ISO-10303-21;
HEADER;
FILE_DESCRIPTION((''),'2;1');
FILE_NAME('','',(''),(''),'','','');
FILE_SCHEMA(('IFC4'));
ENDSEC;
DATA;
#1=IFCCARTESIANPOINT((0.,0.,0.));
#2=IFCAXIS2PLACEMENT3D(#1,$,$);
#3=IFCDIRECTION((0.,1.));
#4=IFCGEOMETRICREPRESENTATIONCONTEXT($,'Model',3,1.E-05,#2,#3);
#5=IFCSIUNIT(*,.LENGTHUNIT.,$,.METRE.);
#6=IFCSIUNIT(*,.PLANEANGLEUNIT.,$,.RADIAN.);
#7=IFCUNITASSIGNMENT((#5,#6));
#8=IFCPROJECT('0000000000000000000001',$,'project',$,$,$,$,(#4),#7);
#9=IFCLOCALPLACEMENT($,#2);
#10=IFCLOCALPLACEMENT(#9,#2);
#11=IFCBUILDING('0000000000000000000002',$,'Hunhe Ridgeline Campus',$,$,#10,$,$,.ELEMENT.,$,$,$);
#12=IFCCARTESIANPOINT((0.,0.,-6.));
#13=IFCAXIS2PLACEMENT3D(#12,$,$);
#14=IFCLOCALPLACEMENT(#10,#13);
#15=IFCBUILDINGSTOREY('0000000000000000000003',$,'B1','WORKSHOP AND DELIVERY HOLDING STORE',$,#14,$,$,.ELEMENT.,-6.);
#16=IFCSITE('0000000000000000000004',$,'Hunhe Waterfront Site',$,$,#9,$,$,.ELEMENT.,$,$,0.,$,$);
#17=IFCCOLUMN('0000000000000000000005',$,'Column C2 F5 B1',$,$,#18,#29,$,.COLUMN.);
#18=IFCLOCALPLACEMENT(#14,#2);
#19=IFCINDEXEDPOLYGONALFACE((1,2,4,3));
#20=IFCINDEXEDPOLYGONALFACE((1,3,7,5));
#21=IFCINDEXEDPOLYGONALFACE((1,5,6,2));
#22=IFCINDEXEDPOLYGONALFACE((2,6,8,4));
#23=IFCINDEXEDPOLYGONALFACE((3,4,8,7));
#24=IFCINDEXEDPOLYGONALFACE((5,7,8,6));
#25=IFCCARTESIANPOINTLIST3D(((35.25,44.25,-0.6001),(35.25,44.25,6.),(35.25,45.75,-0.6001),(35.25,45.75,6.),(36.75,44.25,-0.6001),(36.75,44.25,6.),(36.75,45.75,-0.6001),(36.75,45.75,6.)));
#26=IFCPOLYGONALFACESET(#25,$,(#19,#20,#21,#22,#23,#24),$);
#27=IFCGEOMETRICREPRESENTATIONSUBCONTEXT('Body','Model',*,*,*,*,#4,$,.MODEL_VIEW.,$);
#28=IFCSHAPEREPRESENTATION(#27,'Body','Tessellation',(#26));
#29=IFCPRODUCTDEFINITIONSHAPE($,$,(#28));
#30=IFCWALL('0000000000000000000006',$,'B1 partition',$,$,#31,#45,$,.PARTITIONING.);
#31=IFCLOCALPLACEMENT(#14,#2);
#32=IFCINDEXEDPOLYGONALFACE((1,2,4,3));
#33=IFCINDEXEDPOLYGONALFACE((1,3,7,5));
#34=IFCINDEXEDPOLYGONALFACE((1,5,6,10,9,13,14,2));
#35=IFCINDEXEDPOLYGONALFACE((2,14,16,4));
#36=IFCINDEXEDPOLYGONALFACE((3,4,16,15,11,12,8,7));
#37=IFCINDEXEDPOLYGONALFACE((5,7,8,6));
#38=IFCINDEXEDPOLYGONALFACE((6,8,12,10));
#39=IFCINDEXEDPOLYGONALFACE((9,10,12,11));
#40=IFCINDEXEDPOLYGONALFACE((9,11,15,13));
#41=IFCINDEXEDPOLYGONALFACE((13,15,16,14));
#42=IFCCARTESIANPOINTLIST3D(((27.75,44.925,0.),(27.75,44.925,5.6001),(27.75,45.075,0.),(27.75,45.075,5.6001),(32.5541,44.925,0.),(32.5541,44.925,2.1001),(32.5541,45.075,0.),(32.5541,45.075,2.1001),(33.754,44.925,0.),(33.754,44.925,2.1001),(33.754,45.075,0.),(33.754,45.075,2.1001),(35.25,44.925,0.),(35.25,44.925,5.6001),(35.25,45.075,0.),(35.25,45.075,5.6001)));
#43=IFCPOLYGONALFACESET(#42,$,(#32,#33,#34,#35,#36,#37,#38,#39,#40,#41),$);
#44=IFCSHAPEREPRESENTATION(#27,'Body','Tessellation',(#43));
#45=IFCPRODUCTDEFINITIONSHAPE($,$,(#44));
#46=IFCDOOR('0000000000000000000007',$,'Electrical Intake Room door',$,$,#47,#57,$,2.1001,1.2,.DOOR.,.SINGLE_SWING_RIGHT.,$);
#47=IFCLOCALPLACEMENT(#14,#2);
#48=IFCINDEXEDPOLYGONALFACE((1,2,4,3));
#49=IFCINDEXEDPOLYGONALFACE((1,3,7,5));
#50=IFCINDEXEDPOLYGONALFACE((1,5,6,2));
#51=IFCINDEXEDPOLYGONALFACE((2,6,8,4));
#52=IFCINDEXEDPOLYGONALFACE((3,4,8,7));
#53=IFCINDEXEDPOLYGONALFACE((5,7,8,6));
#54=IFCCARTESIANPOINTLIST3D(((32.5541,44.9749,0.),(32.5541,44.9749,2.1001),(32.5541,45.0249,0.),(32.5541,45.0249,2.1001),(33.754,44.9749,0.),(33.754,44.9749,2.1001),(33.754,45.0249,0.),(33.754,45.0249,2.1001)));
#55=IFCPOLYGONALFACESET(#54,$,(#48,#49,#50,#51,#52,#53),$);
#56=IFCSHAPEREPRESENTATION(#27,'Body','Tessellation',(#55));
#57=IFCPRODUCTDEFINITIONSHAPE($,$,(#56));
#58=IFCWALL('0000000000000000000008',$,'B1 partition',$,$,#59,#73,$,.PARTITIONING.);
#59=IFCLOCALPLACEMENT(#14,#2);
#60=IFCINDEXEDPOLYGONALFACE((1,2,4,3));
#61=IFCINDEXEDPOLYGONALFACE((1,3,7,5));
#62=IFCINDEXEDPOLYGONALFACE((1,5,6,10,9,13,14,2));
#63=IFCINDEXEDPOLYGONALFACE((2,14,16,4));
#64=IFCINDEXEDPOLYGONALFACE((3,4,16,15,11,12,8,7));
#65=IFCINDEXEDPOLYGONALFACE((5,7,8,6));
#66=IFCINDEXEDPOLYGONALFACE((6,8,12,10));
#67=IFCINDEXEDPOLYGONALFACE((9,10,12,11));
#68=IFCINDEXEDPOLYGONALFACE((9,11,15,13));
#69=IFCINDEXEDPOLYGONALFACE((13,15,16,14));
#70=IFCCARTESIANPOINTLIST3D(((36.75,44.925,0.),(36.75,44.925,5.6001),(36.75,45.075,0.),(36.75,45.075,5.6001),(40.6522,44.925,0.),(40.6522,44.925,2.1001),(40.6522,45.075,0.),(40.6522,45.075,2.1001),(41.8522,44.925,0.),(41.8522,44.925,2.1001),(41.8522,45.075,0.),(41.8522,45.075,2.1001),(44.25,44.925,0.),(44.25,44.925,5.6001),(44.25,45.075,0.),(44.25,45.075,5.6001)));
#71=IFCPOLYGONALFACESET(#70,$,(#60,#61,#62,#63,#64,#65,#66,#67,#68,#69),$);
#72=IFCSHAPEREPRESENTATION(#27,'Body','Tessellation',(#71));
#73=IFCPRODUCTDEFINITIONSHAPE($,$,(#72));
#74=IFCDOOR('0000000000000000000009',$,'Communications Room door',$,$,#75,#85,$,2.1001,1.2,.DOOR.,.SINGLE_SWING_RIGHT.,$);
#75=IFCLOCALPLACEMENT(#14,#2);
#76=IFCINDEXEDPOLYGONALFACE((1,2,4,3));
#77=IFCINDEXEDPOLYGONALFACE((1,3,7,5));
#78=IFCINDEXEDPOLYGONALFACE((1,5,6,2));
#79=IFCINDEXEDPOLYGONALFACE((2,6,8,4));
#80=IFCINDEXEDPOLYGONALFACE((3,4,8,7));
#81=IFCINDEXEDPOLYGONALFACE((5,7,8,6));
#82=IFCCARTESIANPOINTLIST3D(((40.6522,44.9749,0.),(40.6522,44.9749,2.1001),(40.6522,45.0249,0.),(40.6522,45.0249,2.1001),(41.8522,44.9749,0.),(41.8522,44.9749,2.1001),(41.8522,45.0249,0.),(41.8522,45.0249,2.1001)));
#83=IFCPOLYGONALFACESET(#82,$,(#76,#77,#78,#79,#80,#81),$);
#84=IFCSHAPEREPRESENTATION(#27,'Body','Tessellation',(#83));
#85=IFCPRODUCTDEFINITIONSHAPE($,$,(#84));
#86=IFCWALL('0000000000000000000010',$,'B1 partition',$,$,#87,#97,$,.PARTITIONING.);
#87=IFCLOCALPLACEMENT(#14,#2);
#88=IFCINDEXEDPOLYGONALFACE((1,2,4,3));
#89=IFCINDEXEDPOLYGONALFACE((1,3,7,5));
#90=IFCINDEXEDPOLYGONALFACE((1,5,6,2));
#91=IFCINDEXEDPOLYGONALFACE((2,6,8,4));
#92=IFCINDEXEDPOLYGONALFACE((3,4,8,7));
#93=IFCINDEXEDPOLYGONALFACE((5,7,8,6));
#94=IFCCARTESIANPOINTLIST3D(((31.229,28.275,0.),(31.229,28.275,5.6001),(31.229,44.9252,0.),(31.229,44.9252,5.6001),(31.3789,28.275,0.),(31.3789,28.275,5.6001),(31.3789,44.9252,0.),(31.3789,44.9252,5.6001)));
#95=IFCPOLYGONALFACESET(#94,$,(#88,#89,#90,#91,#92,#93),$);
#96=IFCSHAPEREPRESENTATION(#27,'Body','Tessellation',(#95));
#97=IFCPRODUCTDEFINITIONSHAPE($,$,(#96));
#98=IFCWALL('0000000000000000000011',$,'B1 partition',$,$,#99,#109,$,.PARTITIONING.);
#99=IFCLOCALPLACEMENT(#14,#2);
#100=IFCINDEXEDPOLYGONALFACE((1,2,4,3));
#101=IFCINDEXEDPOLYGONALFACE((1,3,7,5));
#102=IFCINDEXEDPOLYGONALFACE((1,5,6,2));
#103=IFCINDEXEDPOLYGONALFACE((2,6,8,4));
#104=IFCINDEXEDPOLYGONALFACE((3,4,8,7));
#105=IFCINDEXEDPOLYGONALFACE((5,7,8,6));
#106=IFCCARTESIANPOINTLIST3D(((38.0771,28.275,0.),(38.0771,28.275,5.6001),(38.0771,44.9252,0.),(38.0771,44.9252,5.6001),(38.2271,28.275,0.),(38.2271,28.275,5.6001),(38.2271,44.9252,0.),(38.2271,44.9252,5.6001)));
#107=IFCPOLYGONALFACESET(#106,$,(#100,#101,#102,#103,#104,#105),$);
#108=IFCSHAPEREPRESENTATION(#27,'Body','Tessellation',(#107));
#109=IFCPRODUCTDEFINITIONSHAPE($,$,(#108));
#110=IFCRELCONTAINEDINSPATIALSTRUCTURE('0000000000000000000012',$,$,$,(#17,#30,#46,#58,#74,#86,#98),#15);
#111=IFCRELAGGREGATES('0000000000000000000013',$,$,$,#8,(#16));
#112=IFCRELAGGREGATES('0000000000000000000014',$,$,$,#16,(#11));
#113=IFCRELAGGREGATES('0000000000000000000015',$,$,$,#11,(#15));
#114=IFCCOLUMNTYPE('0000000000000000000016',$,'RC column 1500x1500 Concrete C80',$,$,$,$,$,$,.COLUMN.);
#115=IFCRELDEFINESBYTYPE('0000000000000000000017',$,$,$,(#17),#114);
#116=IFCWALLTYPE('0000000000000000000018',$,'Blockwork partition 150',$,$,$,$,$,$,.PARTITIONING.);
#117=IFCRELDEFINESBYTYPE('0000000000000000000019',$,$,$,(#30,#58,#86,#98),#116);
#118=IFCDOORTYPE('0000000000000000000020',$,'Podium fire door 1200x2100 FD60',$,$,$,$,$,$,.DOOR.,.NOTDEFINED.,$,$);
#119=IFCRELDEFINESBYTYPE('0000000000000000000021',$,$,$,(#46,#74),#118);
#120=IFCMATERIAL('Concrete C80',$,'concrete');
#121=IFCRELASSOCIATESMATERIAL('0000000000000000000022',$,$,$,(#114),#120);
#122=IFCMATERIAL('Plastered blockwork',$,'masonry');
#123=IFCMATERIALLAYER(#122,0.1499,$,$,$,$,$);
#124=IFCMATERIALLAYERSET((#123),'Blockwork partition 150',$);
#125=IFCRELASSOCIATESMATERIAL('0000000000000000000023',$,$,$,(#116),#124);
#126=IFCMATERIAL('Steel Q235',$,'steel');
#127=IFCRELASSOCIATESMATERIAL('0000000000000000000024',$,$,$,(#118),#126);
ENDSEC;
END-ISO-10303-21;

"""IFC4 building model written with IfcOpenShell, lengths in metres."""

from ifc_helpers import new_model, si_unit, direction, frame, frame_2d, origin, origin_2d, place, context, subcontext, project, spatial, rectangle, extrude, material, layer, layer_set, material_profile, profile_set, type_object, element, fill, save


model = new_model("IFC4")

# Units and contexts
model_context = context("Model", 3, precision=1e-05, world=origin(), true_north=direction((0.0, 1.0)))
body_context = subcontext(model_context, "Body", "Model", "MODEL_VIEW")
ifc_project = project(units=[si_unit("LENGTHUNIT", "METRE"), si_unit("PLANEANGLEUNIT", "RADIAN")], contexts=[model_context])

# Site, building, storey
site_placement = place(None, origin())
site = spatial("IfcSite", under=ifc_project, at=site_placement, Name="Hunhe Waterfront Site", CompositionType="ELEMENT", RefElevation=0.0)
building_placement = place(site_placement, origin())
building = spatial("IfcBuilding", under=site, at=building_placement, Name="Hunhe Ridgeline Campus", CompositionType="ELEMENT")
storey_placement = place(building_placement, frame((0.0, 0.0, -6.0)))
storey = spatial("IfcBuildingStorey", under=building, at=storey_placement, Name="B1", Description="WORKSHOP AND DELIVERY HOLDING STORE", CompositionType="ELEMENT", Elevation=-6.0)

# Column
ifc_material_1 = material(Name="Concrete C80", Category="concrete")
ifc_material_profile_1 = material_profile(ifc_material_1, rectangle(XDim=1.5, YDim=1.5, at=origin_2d()))
ifc_profile_set_1 = profile_set([ifc_material_profile_1], Name="Concrete C80")
column_type = type_object("IfcColumnType", Name="RC column 1500x1500 Concrete C80", PredefinedType="COLUMN", material=ifc_profile_set_1)
for number, where, z_axis, x_axis, name in (
    (1, (36.0, 45.0, -0.6001), (0.0, 0.0, 1.0), (1.0, 0.0, 0.0), "Column C2 F5 B1"),
):
    element("IfcColumn", number, at=place(storey_placement, frame(where, z_axis=z_axis, x_axis=x_axis)), inside=storey, type_object=column_type, Name=name, PredefinedType="COLUMN", context=body_context, shape_type="SweptSolid", body=[
        extrude(rectangle(XDim=1.5, YDim=1.5, at=origin_2d()), origin(), (0.0, 0.0, 1.0), 6.6001),
    ])

# Walls, openings, doors
ifc_material_2 = material(Name="Plastered blockwork", Category="masonry")
ifc_layer = layer(ifc_material_2, 0.1499)
ifc_layer_set = layer_set([ifc_layer], Name="Blockwork partition 150")
wall_type = type_object("IfcWallType", Name="Blockwork partition 150", PredefinedType="PARTITIONING", material=ifc_layer_set)
wall_1_placement = place(storey_placement, frame((27.75, 45.0, 0.0), z_axis=(0.0, 0.0, 1.0), x_axis=(1.0, 0.0, 0.0)))
wall_1 = element("IfcWall", 2, at=wall_1_placement, inside=storey, type_object=wall_type, Name="B1 partition", PredefinedType="PARTITIONING", context=body_context, shape_type="SweptSolid", body=[
    extrude(rectangle(XDim=7.5, YDim=0.1499, at=frame_2d((3.75, 0.0))), origin(), (0.0, 0.0, 1.0), 5.6001),
])
opening_1_placement = place(wall_1_placement, frame((4.804, 0.0, 0.0)))
opening_1 = element("IfcOpeningElement", 3, at=opening_1_placement, cuts=wall_1, PredefinedType="OPENING", context=body_context, shape_type="SweptSolid", body=[
    extrude(rectangle(XDim=1.2, YDim=2.1001, at=frame_2d((0.6001, 1.05))), frame((0.0, 0.075, 0.0), z_axis=(0.0, -1.0, 0.0), x_axis=(1.0, 0.0, 0.0)), (0.0, 0.0, 1.0), 0.1499),
])
ifc_material_3 = material(Name="Steel Q235", Category="steel")
door_type = type_object("IfcDoorType", Name="Podium fire door 1200x2100 FD60", OperationType="NOTDEFINED", PredefinedType="DOOR", material=ifc_material_3)
door_1_placement = place(opening_1_placement, origin())
door_1 = element("IfcDoor", 4, at=door_1_placement, inside=storey, type_object=door_type, Name="Electrical Intake Room door", OperationType="SINGLE_SWING_RIGHT", OverallHeight=2.1001, OverallWidth=1.2, PredefinedType="DOOR", context=body_context, shape_type="SweptSolid", body=[
    extrude(rectangle(XDim=1.2, YDim=2.1001, at=frame_2d((0.6001, 1.05))), frame((0.0, 0.0249, 0.0), z_axis=(0.0, -1.0, 0.0), x_axis=(1.0, 0.0, 0.0)), (0.0, 0.0, 1.0), 0.05),
])
fill(opening_1, door_1)
wall_2_placement = place(storey_placement, frame((36.75, 45.0, 0.0), z_axis=(0.0, 0.0, 1.0), x_axis=(1.0, 0.0, 0.0)))
wall_2 = element("IfcWall", 5, at=wall_2_placement, inside=storey, type_object=wall_type, Name="B1 partition", PredefinedType="PARTITIONING", context=body_context, shape_type="SweptSolid", body=[
    extrude(rectangle(XDim=7.5, YDim=0.1499, at=frame_2d((3.75, 0.0))), origin(), (0.0, 0.0, 1.0), 5.6001),
])
opening_2_placement = place(wall_2_placement, frame((3.9021, 0.0, 0.0)))
opening_2 = element("IfcOpeningElement", 6, at=opening_2_placement, cuts=wall_2, PredefinedType="OPENING", context=body_context, shape_type="SweptSolid", body=[
    extrude(rectangle(XDim=1.2, YDim=2.1001, at=frame_2d((0.6001, 1.05))), frame((0.0, 0.075, 0.0), z_axis=(0.0, -1.0, 0.0), x_axis=(1.0, 0.0, 0.0)), (0.0, 0.0, 1.0), 0.1499),
])
door_2_placement = place(opening_2_placement, origin())
door_2 = element("IfcDoor", 7, at=door_2_placement, inside=storey, type_object=door_type, Name="Communications Room door", OperationType="SINGLE_SWING_RIGHT", OverallHeight=2.1001, OverallWidth=1.2, PredefinedType="DOOR", context=body_context, shape_type="SweptSolid", body=[
    extrude(rectangle(XDim=1.2, YDim=2.1001, at=frame_2d((0.6001, 1.05))), frame((0.0, 0.0249, 0.0), z_axis=(0.0, -1.0, 0.0), x_axis=(1.0, 0.0, 0.0)), (0.0, 0.0, 1.0), 0.05),
])
fill(opening_2, door_2)

# Walls
for number, where, z_axis, x_axis, name in (
    (8, (31.304, 28.2749, 0.0), (0.0, 0.0, 1.0), (0.0, 1.0, 0.0), "B1 partition"),
    (9, (38.1521, 28.2749, 0.0), (0.0, 0.0, 1.0), (0.0, 1.0, 0.0), "B1 partition"),
):
    element("IfcWall", number, at=place(storey_placement, frame(where, z_axis=z_axis, x_axis=x_axis)), inside=storey, type_object=wall_type, Name=name, PredefinedType="PARTITIONING", context=body_context, shape_type="SweptSolid", body=[
        extrude(rectangle(XDim=16.6501, YDim=0.1499, at=frame_2d((8.3252, 0.0))), origin(), (0.0, 0.0, 1.0), 5.6001),
    ])

save(model, "model.ifc")
